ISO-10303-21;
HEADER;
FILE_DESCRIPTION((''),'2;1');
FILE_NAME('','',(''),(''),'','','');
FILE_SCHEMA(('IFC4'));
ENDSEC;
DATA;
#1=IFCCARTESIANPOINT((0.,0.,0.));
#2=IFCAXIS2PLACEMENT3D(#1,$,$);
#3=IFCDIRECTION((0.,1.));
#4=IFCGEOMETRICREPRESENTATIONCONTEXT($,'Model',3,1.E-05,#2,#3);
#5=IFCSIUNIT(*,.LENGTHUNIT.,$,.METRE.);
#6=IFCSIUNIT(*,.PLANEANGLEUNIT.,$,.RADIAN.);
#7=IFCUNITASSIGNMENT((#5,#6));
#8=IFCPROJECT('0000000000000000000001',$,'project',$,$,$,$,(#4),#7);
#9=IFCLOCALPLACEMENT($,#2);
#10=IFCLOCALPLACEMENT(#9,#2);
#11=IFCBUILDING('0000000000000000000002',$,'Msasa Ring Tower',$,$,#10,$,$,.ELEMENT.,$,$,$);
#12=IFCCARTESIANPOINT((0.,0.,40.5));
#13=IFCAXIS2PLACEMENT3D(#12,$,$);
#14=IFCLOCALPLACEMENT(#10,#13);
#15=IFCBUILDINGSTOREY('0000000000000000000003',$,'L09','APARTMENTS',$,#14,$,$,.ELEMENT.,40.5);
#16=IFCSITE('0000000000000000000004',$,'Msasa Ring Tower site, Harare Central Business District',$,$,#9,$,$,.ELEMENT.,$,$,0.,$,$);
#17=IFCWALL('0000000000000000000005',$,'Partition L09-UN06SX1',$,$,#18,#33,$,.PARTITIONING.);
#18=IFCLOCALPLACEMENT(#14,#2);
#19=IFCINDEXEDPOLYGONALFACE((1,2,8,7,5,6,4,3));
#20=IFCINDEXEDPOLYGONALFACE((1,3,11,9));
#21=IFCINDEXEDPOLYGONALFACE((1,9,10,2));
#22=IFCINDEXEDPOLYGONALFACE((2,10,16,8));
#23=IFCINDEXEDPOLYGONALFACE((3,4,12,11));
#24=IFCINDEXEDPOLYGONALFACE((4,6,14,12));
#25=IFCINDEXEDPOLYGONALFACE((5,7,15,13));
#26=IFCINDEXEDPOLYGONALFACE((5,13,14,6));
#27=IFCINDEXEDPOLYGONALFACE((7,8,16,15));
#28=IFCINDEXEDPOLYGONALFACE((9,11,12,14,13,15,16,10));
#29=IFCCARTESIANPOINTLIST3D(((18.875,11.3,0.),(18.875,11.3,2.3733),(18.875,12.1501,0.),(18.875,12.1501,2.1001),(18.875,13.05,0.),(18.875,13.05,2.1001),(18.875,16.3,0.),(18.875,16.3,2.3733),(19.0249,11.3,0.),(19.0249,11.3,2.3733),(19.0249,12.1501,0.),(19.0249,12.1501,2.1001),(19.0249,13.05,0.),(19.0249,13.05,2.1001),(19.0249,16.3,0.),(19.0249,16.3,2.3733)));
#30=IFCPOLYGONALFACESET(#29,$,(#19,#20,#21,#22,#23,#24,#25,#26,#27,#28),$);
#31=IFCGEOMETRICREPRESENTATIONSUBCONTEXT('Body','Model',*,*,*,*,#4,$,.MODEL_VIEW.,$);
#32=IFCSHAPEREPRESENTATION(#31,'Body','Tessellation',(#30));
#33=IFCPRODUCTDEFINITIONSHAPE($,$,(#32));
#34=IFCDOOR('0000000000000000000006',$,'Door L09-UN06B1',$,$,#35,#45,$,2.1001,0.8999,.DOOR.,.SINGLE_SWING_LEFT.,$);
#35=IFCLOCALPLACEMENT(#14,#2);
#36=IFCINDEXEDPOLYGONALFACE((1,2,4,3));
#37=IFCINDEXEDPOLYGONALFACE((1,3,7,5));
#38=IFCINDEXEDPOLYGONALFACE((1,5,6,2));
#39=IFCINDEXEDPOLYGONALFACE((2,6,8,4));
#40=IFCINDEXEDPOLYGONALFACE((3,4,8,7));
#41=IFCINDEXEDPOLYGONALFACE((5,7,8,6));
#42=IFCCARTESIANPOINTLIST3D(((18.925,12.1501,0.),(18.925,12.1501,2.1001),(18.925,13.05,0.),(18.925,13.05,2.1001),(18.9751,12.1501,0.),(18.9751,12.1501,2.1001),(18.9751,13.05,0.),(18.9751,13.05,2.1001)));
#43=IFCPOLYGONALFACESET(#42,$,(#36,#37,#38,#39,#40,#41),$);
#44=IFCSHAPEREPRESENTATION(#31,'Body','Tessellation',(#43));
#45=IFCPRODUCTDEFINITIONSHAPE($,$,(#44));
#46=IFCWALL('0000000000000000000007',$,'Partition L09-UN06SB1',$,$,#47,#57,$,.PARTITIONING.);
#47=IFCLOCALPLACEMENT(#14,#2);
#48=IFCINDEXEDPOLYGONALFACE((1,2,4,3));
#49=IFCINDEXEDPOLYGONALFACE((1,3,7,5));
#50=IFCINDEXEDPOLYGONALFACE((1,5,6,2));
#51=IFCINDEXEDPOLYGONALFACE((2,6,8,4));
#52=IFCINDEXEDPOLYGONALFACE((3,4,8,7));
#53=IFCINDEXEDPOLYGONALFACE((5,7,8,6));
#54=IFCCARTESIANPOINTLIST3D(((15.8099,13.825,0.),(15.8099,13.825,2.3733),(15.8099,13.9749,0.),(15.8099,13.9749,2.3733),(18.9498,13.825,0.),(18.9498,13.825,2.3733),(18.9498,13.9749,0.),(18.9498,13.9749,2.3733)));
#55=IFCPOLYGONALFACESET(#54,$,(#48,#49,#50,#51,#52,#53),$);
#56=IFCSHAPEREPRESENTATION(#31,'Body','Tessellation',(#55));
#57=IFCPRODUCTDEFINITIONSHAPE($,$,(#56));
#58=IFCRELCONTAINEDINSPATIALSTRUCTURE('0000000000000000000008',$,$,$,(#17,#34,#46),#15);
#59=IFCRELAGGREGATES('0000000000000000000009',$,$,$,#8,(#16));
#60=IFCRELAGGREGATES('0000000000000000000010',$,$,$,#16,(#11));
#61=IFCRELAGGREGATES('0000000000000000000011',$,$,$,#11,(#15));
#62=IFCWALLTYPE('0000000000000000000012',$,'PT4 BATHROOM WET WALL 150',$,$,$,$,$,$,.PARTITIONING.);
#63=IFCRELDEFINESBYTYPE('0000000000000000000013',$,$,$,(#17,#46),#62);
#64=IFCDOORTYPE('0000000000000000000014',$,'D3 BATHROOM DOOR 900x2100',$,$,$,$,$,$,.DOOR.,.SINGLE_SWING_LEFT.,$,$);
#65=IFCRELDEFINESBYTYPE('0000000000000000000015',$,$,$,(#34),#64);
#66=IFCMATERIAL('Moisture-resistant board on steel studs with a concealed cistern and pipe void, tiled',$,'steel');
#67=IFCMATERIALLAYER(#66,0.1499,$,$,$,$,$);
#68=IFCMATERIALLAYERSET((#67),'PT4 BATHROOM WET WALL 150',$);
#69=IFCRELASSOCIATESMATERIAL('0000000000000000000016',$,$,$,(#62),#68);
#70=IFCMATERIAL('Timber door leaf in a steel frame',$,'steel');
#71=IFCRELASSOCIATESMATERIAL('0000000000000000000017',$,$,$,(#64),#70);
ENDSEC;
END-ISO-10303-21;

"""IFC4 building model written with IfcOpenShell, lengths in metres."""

from ifc_helpers import new_model, si_unit, direction, frame, frame_2d, origin, place, context, subcontext, project, spatial, rectangle, extrude, material, layer, layer_set, type_object, element, fill, save


model = new_model("IFC4")

# Units and contexts
model_context = context("Model", 3, precision=1e-05, world=origin(), true_north=direction((0.0, 1.0)))
body_context = subcontext(model_context, "Body", "Model", "MODEL_VIEW")
ifc_project = project(units=[si_unit("LENGTHUNIT", "METRE"), si_unit("PLANEANGLEUNIT", "RADIAN")], contexts=[model_context])

# Site, building, storey
site_placement = place(None, origin())
site = spatial("IfcSite", under=ifc_project, at=site_placement, Name="Msasa Ring Tower site, Harare Central Business District", CompositionType="ELEMENT", RefElevation=0.0)
building_placement = place(site_placement, origin())
building = spatial("IfcBuilding", under=site, at=building_placement, Name="Msasa Ring Tower", CompositionType="ELEMENT")
storey_placement = place(building_placement, frame((0.0, 0.0, 40.5)))
storey = spatial("IfcBuildingStorey", under=building, at=storey_placement, Name="L09", Description="APARTMENTS", CompositionType="ELEMENT", Elevation=40.5)

# Shared definitions
ifc_material_1 = material(Name="Moisture-resistant board on steel studs with a concealed cistern and pipe void, tiled", Category="steel")
ifc_layer_1 = layer(ifc_material_1, 0.1499)
ifc_layer_set_1 = layer_set([ifc_layer_1], Name="PT4 BATHROOM WET WALL 150")
wall_type_1 = type_object("IfcWallType", Name="PT4 BATHROOM WET WALL 150", PredefinedType="PARTITIONING", material=ifc_layer_set_1)
ifc_material_2 = material(Name="Timber door leaf in a steel frame", Category="steel")
door_type_1 = type_object("IfcDoorType", Name="D3 BATHROOM DOOR 900x2100", OperationType="SINGLE_SWING_LEFT", PredefinedType="DOOR", material=ifc_material_2)

# Wall, opening, door
wall_1_placement = place(storey_placement, frame((18.95, 11.3, 0.0), z_axis=(0.0, 0.0, 1.0), x_axis=(0.0, 1.0, 0.0)))
wall_1 = element("IfcWall", 1, at=wall_1_placement, inside=storey, type_object=wall_type_1, Name="Partition L09-UN06SX1", PredefinedType="PARTITIONING", context=body_context, shape_type="SweptSolid", body=[
    extrude(rectangle(XDim=5.0, YDim=0.1499, at=frame_2d((2.5, 0.0))), origin(), (0.0, 0.0, 1.0), 2.3733),
])
opening_1_placement = place(wall_1_placement, frame((0.8501, 0.0, 0.0)))
opening_1 = element("IfcOpeningElement", 2, at=opening_1_placement, cuts=wall_1, PredefinedType="OPENING", context=body_context, shape_type="SweptSolid", body=[
    extrude(rectangle(XDim=0.8999, YDim=2.1001, at=frame_2d((0.45, 1.05))), frame((0.0, 0.085, 0.0), z_axis=(0.0, -1.0, 0.0), x_axis=(1.0, 0.0, 0.0)), (0.0, 0.0, 1.0), 0.1699),
])
door_1_placement = place(opening_1_placement, origin())
door_1 = element("IfcDoor", 3, at=door_1_placement, inside=storey, type_object=door_type_1, Name="Door L09-UN06B1", OperationType="SINGLE_SWING_LEFT", OverallHeight=2.1001, OverallWidth=0.8999, PredefinedType="DOOR", context=body_context, shape_type="SweptSolid", body=[
    extrude(rectangle(XDim=0.8999, YDim=2.1001, at=frame_2d((0.45, 1.05))), frame((0.0, 0.0249, 0.0), z_axis=(0.0, -1.0, 0.0), x_axis=(1.0, 0.0, 0.0)), (0.0, 0.0, 1.0), 0.05),
])
fill(opening_1, door_1)

# Wall
wall_2_placement = place(storey_placement, frame((15.8101, 13.8999, 0.0), z_axis=(0.0, 0.0, 1.0), x_axis=(1.0, 0.0, 0.0)))
element("IfcWall", 4, at=wall_2_placement, inside=storey, type_object=wall_type_1, Name="Partition L09-UN06SB1", PredefinedType="PARTITIONING", context=body_context, shape_type="SweptSolid", body=[
    extrude(rectangle(XDim=3.1399, YDim=0.1499, at=frame_2d((1.5698, 0.0))), origin(), (0.0, 0.0, 1.0), 2.3733),
])

save(model, "model.ifc")
